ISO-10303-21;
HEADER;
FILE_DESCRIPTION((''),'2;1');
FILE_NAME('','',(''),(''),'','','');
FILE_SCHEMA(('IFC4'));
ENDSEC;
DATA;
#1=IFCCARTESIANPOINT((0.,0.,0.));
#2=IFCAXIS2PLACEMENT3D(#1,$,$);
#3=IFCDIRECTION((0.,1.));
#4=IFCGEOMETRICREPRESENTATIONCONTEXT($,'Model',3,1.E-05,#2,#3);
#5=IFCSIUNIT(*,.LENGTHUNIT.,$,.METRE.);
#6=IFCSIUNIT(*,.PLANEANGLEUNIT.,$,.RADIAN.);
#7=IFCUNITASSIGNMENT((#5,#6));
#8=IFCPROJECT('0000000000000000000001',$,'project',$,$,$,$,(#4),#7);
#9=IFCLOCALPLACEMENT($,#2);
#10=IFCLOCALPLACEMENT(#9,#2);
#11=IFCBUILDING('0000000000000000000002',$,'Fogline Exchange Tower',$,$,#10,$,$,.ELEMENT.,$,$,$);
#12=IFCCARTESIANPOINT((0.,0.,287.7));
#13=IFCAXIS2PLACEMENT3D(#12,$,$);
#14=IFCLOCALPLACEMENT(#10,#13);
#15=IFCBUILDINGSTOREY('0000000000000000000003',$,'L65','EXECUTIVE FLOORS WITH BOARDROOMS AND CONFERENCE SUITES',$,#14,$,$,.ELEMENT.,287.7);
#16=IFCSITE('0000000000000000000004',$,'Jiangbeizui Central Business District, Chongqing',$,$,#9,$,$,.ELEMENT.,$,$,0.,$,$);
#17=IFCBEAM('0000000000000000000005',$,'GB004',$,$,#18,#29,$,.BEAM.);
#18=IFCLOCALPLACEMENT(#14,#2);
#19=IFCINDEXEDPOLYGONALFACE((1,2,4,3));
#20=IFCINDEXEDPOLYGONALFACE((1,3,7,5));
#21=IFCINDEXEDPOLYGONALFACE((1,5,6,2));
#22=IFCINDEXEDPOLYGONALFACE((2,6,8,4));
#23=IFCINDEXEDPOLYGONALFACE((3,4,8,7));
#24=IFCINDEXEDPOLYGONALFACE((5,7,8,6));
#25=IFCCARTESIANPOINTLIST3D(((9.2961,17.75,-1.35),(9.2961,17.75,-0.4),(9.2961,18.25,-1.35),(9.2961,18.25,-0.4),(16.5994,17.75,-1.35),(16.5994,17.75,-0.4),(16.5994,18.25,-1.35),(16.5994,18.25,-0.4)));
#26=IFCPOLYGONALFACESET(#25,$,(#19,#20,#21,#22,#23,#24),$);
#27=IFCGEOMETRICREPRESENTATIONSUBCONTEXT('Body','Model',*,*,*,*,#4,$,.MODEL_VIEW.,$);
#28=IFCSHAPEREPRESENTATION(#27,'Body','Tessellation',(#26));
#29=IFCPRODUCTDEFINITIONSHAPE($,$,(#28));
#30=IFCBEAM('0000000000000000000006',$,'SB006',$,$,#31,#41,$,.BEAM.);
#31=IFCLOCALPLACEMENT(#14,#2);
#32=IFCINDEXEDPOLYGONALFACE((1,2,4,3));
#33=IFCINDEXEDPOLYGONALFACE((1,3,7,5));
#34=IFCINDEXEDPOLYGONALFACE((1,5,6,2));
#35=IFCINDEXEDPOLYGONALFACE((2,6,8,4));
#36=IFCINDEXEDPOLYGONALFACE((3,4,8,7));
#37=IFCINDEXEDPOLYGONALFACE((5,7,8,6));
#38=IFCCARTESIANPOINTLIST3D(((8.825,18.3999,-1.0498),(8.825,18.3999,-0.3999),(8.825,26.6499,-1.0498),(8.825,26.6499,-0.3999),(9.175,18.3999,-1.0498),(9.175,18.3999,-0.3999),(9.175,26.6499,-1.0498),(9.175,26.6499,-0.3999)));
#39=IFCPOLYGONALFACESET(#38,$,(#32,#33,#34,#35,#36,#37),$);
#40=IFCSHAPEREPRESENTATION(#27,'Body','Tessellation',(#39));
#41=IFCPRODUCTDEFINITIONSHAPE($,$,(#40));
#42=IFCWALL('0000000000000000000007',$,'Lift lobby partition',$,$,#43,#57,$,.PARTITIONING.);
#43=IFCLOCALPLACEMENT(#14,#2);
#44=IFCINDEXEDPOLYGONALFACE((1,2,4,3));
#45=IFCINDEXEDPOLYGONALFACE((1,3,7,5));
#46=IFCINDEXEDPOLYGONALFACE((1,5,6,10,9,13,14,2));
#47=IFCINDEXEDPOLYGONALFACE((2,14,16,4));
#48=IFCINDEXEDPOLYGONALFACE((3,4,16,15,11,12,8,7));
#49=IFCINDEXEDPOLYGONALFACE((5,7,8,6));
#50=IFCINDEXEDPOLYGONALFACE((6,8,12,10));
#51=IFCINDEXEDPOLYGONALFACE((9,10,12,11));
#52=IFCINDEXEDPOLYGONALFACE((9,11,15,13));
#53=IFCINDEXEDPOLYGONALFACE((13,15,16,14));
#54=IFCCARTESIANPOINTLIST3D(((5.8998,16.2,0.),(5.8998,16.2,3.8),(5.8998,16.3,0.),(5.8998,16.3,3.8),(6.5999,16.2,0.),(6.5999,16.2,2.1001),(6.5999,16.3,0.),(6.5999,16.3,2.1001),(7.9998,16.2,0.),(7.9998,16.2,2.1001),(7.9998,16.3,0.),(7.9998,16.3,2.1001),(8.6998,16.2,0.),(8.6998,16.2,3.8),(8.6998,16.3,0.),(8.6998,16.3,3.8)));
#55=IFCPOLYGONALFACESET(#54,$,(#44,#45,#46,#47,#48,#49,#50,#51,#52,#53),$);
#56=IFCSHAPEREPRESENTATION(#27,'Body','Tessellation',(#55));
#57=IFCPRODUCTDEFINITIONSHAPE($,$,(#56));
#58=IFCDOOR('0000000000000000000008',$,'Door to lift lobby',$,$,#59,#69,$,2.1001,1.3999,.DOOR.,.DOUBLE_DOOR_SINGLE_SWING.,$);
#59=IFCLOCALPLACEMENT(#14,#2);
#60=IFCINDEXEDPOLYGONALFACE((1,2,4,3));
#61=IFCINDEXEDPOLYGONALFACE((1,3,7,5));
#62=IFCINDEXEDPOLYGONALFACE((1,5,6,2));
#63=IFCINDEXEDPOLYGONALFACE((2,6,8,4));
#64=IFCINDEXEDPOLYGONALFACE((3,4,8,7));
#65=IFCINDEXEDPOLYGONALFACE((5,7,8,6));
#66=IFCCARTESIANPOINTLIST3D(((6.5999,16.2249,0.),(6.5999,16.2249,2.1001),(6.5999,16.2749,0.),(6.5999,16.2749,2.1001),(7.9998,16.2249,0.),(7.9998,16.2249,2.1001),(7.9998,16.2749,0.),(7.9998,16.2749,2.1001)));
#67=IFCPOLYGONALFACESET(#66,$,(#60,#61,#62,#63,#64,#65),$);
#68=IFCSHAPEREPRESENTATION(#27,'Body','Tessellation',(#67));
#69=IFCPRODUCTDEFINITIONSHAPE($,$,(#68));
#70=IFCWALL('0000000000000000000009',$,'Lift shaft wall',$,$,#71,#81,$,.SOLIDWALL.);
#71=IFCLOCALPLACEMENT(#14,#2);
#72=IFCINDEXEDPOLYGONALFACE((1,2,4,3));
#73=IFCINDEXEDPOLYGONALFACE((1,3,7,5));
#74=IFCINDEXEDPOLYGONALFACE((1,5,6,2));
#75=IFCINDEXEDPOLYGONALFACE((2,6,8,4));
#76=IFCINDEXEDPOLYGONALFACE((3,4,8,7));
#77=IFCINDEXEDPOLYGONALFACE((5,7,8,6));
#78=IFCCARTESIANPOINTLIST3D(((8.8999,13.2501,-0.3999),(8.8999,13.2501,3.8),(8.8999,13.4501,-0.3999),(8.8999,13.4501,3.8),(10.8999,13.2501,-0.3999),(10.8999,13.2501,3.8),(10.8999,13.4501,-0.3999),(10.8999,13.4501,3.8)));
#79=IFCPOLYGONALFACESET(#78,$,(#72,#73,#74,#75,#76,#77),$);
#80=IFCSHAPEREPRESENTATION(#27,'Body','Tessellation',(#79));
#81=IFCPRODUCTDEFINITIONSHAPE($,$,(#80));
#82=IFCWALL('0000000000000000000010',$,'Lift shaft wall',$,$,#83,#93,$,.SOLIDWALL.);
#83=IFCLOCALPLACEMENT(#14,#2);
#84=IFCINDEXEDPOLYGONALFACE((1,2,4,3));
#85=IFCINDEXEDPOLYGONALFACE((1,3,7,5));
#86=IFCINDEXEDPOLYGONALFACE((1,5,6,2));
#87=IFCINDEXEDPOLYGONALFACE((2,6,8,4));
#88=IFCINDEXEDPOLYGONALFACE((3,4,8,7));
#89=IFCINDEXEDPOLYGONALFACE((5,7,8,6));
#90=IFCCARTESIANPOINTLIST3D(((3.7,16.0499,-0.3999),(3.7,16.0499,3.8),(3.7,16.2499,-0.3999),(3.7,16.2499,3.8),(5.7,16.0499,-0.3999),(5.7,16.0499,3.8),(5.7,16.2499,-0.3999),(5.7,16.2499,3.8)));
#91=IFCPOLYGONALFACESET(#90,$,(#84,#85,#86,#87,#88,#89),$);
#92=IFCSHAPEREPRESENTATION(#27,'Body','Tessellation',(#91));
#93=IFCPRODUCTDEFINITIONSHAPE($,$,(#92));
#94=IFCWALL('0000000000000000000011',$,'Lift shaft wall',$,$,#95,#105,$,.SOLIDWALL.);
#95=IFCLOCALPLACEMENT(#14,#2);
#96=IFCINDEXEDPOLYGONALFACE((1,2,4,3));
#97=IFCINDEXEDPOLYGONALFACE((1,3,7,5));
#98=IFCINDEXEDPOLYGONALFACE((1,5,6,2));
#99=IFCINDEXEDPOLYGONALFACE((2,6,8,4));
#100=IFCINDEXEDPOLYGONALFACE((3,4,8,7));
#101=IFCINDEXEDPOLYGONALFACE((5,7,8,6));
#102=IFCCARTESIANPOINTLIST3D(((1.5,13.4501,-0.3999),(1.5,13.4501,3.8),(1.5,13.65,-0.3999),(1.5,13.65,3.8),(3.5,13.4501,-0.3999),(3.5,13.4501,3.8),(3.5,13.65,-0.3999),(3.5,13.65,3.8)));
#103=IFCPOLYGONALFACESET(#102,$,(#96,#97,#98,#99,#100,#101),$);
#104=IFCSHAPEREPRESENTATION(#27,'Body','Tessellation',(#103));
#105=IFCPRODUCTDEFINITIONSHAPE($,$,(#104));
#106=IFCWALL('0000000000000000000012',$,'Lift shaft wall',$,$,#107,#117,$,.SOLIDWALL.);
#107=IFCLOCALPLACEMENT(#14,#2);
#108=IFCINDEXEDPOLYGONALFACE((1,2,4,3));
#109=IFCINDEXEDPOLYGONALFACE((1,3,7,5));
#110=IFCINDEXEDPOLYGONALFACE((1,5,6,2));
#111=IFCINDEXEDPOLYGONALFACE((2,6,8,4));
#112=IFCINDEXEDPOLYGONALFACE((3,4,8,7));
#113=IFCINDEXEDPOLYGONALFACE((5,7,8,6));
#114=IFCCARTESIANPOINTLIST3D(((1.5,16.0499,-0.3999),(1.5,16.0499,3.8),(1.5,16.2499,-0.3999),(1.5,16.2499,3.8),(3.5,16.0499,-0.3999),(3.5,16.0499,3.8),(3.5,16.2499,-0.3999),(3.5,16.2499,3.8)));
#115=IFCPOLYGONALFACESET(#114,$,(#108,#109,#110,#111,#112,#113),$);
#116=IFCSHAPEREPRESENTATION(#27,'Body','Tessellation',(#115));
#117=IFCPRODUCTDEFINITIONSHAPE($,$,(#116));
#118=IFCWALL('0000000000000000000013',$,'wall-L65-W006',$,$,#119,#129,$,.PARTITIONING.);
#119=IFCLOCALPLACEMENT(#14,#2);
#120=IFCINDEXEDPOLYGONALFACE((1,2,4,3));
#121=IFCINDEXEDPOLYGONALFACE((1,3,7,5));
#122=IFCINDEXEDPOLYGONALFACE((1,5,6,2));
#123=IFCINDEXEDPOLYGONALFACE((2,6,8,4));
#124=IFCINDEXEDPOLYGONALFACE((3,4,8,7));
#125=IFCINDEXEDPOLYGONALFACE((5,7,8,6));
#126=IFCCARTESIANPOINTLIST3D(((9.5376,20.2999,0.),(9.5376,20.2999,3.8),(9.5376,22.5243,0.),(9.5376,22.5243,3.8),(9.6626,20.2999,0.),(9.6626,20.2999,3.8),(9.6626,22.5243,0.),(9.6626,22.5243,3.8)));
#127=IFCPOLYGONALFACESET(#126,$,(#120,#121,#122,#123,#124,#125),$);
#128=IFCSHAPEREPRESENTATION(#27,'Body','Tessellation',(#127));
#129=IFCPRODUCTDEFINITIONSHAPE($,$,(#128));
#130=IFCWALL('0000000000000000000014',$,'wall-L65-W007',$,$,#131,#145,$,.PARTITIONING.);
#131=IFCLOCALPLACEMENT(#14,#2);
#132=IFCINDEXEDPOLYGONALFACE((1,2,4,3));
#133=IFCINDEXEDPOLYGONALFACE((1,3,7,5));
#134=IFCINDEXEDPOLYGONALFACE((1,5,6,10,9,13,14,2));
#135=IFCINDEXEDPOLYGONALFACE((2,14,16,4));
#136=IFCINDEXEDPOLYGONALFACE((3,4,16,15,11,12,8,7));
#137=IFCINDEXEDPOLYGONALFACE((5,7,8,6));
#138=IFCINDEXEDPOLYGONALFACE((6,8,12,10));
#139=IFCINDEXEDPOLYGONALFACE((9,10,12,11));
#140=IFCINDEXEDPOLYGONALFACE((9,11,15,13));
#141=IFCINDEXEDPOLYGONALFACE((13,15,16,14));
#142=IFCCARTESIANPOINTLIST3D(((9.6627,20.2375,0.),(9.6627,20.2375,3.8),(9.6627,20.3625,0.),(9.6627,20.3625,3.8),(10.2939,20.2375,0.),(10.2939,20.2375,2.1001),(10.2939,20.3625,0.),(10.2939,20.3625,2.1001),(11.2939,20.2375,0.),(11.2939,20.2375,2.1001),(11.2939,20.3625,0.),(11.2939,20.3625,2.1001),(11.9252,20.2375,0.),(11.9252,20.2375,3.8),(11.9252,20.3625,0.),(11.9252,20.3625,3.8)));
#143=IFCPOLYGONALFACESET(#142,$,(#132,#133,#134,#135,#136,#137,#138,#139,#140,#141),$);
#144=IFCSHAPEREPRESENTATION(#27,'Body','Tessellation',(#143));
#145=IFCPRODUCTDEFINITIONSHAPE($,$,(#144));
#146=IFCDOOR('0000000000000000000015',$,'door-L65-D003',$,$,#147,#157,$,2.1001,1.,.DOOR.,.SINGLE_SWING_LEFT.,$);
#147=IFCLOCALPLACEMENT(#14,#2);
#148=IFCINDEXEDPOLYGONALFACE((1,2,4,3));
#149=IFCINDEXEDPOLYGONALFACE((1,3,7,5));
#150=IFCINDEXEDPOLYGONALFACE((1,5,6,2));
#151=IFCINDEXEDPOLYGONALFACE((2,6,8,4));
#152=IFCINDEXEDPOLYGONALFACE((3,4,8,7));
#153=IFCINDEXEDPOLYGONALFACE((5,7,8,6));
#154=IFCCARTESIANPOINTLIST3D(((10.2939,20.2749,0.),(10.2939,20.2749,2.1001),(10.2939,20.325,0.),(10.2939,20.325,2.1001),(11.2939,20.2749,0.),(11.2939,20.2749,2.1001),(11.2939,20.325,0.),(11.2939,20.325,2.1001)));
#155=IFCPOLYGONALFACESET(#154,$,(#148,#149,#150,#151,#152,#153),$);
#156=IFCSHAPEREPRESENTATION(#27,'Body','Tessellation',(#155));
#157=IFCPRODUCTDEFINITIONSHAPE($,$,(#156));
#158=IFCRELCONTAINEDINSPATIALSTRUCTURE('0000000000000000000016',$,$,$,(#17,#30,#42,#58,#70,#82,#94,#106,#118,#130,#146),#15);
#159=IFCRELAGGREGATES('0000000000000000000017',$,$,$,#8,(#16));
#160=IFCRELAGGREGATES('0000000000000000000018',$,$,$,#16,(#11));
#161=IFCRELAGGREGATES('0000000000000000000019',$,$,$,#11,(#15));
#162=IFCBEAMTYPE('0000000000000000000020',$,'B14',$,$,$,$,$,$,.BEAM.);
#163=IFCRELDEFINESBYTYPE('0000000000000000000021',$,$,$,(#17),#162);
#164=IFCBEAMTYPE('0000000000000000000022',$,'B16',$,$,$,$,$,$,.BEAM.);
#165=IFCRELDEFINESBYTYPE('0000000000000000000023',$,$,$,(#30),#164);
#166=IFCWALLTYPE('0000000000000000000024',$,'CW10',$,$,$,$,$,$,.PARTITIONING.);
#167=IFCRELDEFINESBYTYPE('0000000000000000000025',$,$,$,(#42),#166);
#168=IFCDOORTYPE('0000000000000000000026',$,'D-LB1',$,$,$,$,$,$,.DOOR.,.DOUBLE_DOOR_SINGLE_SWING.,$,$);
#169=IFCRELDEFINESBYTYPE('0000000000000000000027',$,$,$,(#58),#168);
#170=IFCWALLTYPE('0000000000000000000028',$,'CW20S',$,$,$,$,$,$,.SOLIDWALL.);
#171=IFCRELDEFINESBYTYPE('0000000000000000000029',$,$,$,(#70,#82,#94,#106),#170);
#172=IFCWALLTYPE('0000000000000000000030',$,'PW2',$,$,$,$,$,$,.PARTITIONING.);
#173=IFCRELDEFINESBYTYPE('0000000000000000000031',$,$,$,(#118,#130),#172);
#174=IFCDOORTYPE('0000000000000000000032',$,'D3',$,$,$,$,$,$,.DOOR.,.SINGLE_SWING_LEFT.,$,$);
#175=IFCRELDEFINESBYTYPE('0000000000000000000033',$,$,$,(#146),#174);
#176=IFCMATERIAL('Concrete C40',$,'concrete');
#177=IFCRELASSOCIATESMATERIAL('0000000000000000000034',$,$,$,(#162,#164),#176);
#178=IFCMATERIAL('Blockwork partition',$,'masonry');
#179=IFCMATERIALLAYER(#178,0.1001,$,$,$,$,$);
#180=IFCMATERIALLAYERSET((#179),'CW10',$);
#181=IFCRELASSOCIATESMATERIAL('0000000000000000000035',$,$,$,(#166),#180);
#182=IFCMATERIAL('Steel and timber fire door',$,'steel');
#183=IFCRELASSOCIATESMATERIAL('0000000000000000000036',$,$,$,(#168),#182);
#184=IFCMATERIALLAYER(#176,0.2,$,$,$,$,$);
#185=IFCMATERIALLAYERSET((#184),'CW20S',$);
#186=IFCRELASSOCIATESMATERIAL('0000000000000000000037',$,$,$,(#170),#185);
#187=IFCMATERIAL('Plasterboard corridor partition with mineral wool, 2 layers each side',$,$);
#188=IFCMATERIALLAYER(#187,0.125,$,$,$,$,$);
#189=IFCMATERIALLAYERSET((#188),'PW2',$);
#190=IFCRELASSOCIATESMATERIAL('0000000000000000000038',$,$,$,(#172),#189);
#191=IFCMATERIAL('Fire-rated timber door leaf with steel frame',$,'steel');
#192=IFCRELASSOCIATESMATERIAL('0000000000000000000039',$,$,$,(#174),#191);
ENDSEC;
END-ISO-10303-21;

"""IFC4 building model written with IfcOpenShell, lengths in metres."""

from ifc_helpers import new_model, si_unit, direction, frame, frame_2d, origin, origin_2d, place, context, subcontext, project, spatial, rectangle, extrude, material, layer, layer_set, material_profile, profile_set, type_object, element, fill, save


model = new_model("IFC4")

# Units and contexts
model_context = context("Model", 3, precision=1e-05, world=origin(), true_north=direction((0.0, 1.0)))
body_context = subcontext(model_context, "Body", "Model", "MODEL_VIEW")
ifc_project = project(units=[si_unit("LENGTHUNIT", "METRE"), si_unit("PLANEANGLEUNIT", "RADIAN")], contexts=[model_context])

# Site, building, storey
site_placement = place(None, origin())
site = spatial("IfcSite", under=ifc_project, at=site_placement, Name="Jiangbeizui Central Business District, Chongqing", CompositionType="ELEMENT", RefElevation=0.0)
building_placement = place(site_placement, origin())
building = spatial("IfcBuilding", under=site, at=building_placement, Name="Fogline Exchange Tower", CompositionType="ELEMENT")
storey_placement = place(building_placement, frame((0.0, 0.0, 287.7)))
storey = spatial("IfcBuildingStorey", under=building, at=storey_placement, Name="L65", Description="EXECUTIVE FLOORS WITH BOARDROOMS AND CONFERENCE SUITES", CompositionType="ELEMENT", Elevation=287.7)

# Beams
ifc_material_1 = material(Name="Concrete C40", Category="concrete")
ifc_material_profile_1 = material_profile(ifc_material_1, rectangle(XDim=0.5, YDim=0.95, at=origin_2d()), Name="RC 500x950")
ifc_profile_set_1 = profile_set([ifc_material_profile_1], Name="Concrete C40")
beam_type_1 = type_object("IfcBeamType", Name="B14", PredefinedType="BEAM", material=ifc_profile_set_1)
beam_1_placement = place(storey_placement, frame((9.2961, 18.0, -0.875), z_axis=(1.0, 0.0, 0.0), x_axis=(0.0, 1.0, 0.0)))
element("IfcBeam", 1, at=beam_1_placement, inside=storey, type_object=beam_type_1, Name="GB004", PredefinedType="BEAM", context=body_context, shape_type="SweptSolid", body=[
    extrude(rectangle(XDim=0.5, YDim=0.95, at=origin_2d()), origin(), (0.0, 0.0, 1.0), 7.3032),
])
ifc_material_profile_2 = material_profile(ifc_material_1, rectangle(XDim=0.3501, YDim=0.6499, at=origin_2d()), Name="RC 350x650")
ifc_profile_set_2 = profile_set([ifc_material_profile_2], Name="Concrete C40")
beam_type_2 = type_object("IfcBeamType", Name="B16", PredefinedType="BEAM", material=ifc_profile_set_2)
beam_2_placement = place(storey_placement, frame((9.0, 18.3999, -0.7249), z_axis=(0.0, 1.0, 0.0), x_axis=(-1.0, 0.0, 0.0)))
element("IfcBeam", 2, at=beam_2_placement, inside=storey, type_object=beam_type_2, Name="SB006", PredefinedType="BEAM", context=body_context, shape_type="SweptSolid", body=[
    extrude(rectangle(XDim=0.3501, YDim=0.6499, at=origin_2d()), origin(), (0.0, 0.0, 1.0), 8.25),
])

# Wall, opening, door
ifc_material_2 = material(Name="Blockwork partition", Category="masonry")
ifc_layer_1 = layer(ifc_material_2, 0.1001)
ifc_layer_set_1 = layer_set([ifc_layer_1], Name="CW10")
wall_type_1 = type_object("IfcWallType", Name="CW10", PredefinedType="PARTITIONING", material=ifc_layer_set_1)
wall_1_placement = place(storey_placement, frame((5.8999, 16.25, 0.0), z_axis=(0.0, 0.0, 1.0), x_axis=(1.0, 0.0, 0.0)))
wall_1 = element("IfcWall", 3, at=wall_1_placement, inside=storey, type_object=wall_type_1, Name="Lift lobby partition", PredefinedType="PARTITIONING", context=body_context, shape_type="SweptSolid", body=[
    extrude(rectangle(XDim=2.8, YDim=0.1001, at=frame_2d((1.3999, 0.0))), origin(), (0.0, 0.0, 1.0), 3.8),
])
opening_1_placement = place(wall_1_placement, frame((0.7, 0.0, 0.0)))
opening_1 = element("IfcOpeningElement", 4, at=opening_1_placement, cuts=wall_1, PredefinedType="OPENING", context=body_context, shape_type="SweptSolid", body=[
    extrude(rectangle(XDim=1.3999, YDim=2.1001, at=frame_2d((0.7, 1.05))), frame((0.0, 0.0601, 0.0), z_axis=(0.0, -1.0, 0.0), x_axis=(1.0, 0.0, 0.0)), (0.0, 0.0, 1.0), 0.1201),
])
ifc_material_3 = material(Name="Steel and timber fire door", Category="steel")
door_type_1 = type_object("IfcDoorType", Name="D-LB1", OperationType="DOUBLE_DOOR_SINGLE_SWING", PredefinedType="DOOR", material=ifc_material_3)
door_1_placement = place(opening_1_placement, origin())
door_1 = element("IfcDoor", 5, at=door_1_placement, inside=storey, type_object=door_type_1, Name="Door to lift lobby", OperationType="DOUBLE_DOOR_SINGLE_SWING", OverallHeight=2.1001, OverallWidth=1.3999, PredefinedType="DOOR", context=body_context, shape_type="SweptSolid", body=[
    extrude(rectangle(XDim=1.3999, YDim=2.1001, at=frame_2d((0.7, 1.05))), frame((0.0, 0.0249, 0.0), z_axis=(0.0, -1.0, 0.0), x_axis=(1.0, 0.0, 0.0)), (0.0, 0.0, 1.0), 0.05),
])
fill(opening_1, door_1)

# Walls
ifc_layer_2 = layer(ifc_material_1, 0.2)
ifc_layer_set_2 = layer_set([ifc_layer_2], Name="CW20S")
wall_type_2 = type_object("IfcWallType", Name="CW20S", PredefinedType="SOLIDWALL", material=ifc_layer_set_2)
for number, where, z_axis, x_axis, name in (
    (6, (8.8999, 13.3501, -0.3999), (0.0, 0.0, 1.0), (1.0, 0.0, 0.0), "Lift shaft wall"),
    (7, (3.7, 16.1499, -0.3999), (0.0, 0.0, 1.0), (1.0, 0.0, 0.0), "Lift shaft wall"),
    (8, (1.5, 13.55, -0.3999), (0.0, 0.0, 1.0), (1.0, 0.0, 0.0), "Lift shaft wall"),
    (9, (1.5, 16.1499, -0.3999), (0.0, 0.0, 1.0), (1.0, 0.0, 0.0), "Lift shaft wall"),
):
    element("IfcWall", number, at=place(storey_placement, frame(where, z_axis=z_axis, x_axis=x_axis)), inside=storey, type_object=wall_type_2, Name=name, PredefinedType="SOLIDWALL", context=body_context, shape_type="SweptSolid", body=[
        extrude(rectangle(XDim=2.0, YDim=0.2, at=frame_2d((1.0, 0.0))), origin(), (0.0, 0.0, 1.0), 4.2),
    ])
ifc_material_4 = material(Name="Plasterboard corridor partition with mineral wool, 2 layers each side")
ifc_layer_3 = layer(ifc_material_4, 0.125)
ifc_layer_set_3 = layer_set([ifc_layer_3], Name="PW2")
wall_type_3 = type_object("IfcWallType", Name="PW2", PredefinedType="PARTITIONING", material=ifc_layer_set_3)
wall_2_placement = place(storey_placement, frame((9.6001, 22.5244, 0.0), z_axis=(0.0, 0.0, 1.0), x_axis=(0.0, -1.0, 0.0)))
element("IfcWall", 10, at=wall_2_placement, inside=storey, type_object=wall_type_3, Name="wall-L65-W006", PredefinedType="PARTITIONING", context=body_context, shape_type="SweptSolid", body=[
    extrude(rectangle(XDim=2.2244, YDim=0.125, at=frame_2d((1.1123, 0.0))), origin(), (0.0, 0.0, 1.0), 3.8),
])

# Wall, opening, door
wall_3_placement = place(storey_placement, frame((9.6626, 20.3, 0.0), z_axis=(0.0, 0.0, 1.0), x_axis=(1.0, 0.0, 0.0)))
wall_3 = element("IfcWall", 11, at=wall_3_placement, inside=storey, type_object=wall_type_3, Name="wall-L65-W007", PredefinedType="PARTITIONING", context=body_context, shape_type="SweptSolid", body=[
    extrude(rectangle(XDim=2.2625, YDim=0.125, at=frame_2d((1.1313, 0.0))), origin(), (0.0, 0.0, 1.0), 3.8),
])
opening_2_placement = place(wall_3_placement, frame((0.6313, 0.0, 0.0)))
opening_2 = element("IfcOpeningElement", 12, at=opening_2_placement, cuts=wall_3, PredefinedType="OPENING", context=body_context, shape_type="SweptSolid", body=[
    extrude(rectangle(XDim=1.0, YDim=2.1001, at=frame_2d((0.5, 1.05))), frame((0.0, 0.0725, 0.0), z_axis=(0.0, -1.0, 0.0), x_axis=(1.0, 0.0, 0.0)), (0.0, 0.0, 1.0), 0.145),
])
ifc_material_5 = material(Name="Fire-rated timber door leaf with steel frame", Category="steel")
door_type_2 = type_object("IfcDoorType", Name="D3", OperationType="SINGLE_SWING_LEFT", PredefinedType="DOOR", material=ifc_material_5)
door_2_placement = place(opening_2_placement, origin())
door_2 = element("IfcDoor", 13, at=door_2_placement, inside=storey, type_object=door_type_2, Name="door-L65-D003", OperationType="SINGLE_SWING_LEFT", OverallHeight=2.1001, OverallWidth=1.0, PredefinedType="DOOR", context=body_context, shape_type="SweptSolid", body=[
    extrude(rectangle(XDim=1.0, YDim=2.1001, at=frame_2d((0.5, 1.05))), frame((0.0, 0.0249, 0.0), z_axis=(0.0, -1.0, 0.0), x_axis=(1.0, 0.0, 0.0)), (0.0, 0.0, 1.0), 0.05),
])
fill(opening_2, door_2)

save(model, "model.ifc")
